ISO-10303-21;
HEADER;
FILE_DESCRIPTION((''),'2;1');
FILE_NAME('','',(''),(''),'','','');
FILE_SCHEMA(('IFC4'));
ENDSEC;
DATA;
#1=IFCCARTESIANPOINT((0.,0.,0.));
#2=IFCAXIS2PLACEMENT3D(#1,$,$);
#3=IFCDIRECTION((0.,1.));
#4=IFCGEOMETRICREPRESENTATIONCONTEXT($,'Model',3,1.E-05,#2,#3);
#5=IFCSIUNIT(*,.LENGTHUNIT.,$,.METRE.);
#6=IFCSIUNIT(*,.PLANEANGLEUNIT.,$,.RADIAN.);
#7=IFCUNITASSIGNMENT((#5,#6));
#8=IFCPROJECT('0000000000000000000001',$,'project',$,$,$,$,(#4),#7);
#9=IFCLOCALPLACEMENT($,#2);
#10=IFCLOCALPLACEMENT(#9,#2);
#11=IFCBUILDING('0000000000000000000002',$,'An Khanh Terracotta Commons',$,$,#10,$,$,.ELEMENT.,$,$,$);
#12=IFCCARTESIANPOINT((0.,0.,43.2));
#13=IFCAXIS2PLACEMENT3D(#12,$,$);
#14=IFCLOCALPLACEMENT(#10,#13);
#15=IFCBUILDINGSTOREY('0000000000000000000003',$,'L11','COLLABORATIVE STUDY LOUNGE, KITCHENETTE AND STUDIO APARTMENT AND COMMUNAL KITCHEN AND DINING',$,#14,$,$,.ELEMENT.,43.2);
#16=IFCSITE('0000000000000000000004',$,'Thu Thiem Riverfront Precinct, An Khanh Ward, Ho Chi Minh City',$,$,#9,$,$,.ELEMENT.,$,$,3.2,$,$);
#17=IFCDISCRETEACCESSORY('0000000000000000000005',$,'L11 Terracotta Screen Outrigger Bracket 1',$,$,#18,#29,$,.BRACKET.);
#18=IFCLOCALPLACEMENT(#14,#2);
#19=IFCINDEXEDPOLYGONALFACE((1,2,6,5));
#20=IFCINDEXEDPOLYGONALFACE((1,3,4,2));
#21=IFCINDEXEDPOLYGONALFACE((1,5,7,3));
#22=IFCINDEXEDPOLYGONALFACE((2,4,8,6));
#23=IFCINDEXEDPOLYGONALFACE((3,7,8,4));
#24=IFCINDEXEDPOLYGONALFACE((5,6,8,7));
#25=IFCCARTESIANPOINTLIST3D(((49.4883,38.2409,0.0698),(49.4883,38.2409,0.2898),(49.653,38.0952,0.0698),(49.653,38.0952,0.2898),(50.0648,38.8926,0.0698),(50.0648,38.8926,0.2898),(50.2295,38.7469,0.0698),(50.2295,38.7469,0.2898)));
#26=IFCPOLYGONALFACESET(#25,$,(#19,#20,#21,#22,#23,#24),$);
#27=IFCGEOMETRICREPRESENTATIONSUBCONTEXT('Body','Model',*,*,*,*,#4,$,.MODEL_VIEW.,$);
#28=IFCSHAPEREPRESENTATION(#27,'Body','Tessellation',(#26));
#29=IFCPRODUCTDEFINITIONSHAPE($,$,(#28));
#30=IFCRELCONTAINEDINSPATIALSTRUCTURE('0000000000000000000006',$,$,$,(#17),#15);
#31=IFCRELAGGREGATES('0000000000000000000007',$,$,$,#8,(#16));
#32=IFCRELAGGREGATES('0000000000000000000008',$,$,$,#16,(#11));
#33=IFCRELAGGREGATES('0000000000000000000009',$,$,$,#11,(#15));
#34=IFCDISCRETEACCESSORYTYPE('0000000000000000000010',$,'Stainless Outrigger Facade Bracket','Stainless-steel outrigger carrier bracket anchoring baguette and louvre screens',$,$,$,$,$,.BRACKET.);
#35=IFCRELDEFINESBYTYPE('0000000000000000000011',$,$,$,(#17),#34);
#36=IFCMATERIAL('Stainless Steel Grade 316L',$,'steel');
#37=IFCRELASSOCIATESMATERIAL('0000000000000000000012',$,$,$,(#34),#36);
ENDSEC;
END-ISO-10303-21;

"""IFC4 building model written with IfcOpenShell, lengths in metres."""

from ifc_helpers import new_model, si_unit, direction, frame, origin, origin_2d, place, context, subcontext, project, spatial, rectangle, extrude, material, type_object, element, save


model = new_model("IFC4")

# Units and contexts
model_context = context("Model", 3, precision=1e-05, world=origin(), true_north=direction((0.0, 1.0)))
body_context = subcontext(model_context, "Body", "Model", "MODEL_VIEW")
ifc_project = project(units=[si_unit("LENGTHUNIT", "METRE"), si_unit("PLANEANGLEUNIT", "RADIAN")], contexts=[model_context])

# Site, building, storey
site_placement = place(None, origin())
site = spatial("IfcSite", under=ifc_project, at=site_placement, Name="Thu Thiem Riverfront Precinct, An Khanh Ward, Ho Chi Minh City", CompositionType="ELEMENT", RefElevation=3.2)
building_placement = place(site_placement, origin())
building = spatial("IfcBuilding", under=site, at=building_placement, Name="An Khanh Terracotta Commons", CompositionType="ELEMENT")
storey_placement = place(building_placement, frame((0.0, 0.0, 43.2)))
storey = spatial("IfcBuildingStorey", under=building, at=storey_placement, Name="L11", Description="COLLABORATIVE STUDY LOUNGE, KITCHENETTE AND STUDIO APARTMENT AND COMMUNAL KITCHEN AND DINING", CompositionType="ELEMENT", Elevation=43.2)

# Discrete accessory
ifc_material_1 = material(Name="Stainless Steel Grade 316L", Category="steel")
discrete_accessory_type = type_object("IfcDiscreteAccessoryType", Name="Stainless Outrigger Facade Bracket", Description="Stainless-steel outrigger carrier bracket anchoring baguette and louvre screens", PredefinedType="BRACKET", material=ifc_material_1)
discrete_accessory_placement = place(storey_placement, frame((49.8589, 38.4939, 0.0698), z_axis=(0.0, 0.0, 1.0), x_axis=(-0.749019, 0.662548, 0.0)))
element("IfcDiscreteAccessory", 1, at=discrete_accessory_placement, inside=storey, type_object=discrete_accessory_type, Name="L11 Terracotta Screen Outrigger Bracket 1", PredefinedType="BRACKET", context=body_context, shape_type="SweptSolid", body=[
    extrude(rectangle(XDim=0.22, YDim=0.8701, at=origin_2d()), origin(), (0.0, 0.0, 1.0), 0.22),
])

save(model, "model.ifc")
